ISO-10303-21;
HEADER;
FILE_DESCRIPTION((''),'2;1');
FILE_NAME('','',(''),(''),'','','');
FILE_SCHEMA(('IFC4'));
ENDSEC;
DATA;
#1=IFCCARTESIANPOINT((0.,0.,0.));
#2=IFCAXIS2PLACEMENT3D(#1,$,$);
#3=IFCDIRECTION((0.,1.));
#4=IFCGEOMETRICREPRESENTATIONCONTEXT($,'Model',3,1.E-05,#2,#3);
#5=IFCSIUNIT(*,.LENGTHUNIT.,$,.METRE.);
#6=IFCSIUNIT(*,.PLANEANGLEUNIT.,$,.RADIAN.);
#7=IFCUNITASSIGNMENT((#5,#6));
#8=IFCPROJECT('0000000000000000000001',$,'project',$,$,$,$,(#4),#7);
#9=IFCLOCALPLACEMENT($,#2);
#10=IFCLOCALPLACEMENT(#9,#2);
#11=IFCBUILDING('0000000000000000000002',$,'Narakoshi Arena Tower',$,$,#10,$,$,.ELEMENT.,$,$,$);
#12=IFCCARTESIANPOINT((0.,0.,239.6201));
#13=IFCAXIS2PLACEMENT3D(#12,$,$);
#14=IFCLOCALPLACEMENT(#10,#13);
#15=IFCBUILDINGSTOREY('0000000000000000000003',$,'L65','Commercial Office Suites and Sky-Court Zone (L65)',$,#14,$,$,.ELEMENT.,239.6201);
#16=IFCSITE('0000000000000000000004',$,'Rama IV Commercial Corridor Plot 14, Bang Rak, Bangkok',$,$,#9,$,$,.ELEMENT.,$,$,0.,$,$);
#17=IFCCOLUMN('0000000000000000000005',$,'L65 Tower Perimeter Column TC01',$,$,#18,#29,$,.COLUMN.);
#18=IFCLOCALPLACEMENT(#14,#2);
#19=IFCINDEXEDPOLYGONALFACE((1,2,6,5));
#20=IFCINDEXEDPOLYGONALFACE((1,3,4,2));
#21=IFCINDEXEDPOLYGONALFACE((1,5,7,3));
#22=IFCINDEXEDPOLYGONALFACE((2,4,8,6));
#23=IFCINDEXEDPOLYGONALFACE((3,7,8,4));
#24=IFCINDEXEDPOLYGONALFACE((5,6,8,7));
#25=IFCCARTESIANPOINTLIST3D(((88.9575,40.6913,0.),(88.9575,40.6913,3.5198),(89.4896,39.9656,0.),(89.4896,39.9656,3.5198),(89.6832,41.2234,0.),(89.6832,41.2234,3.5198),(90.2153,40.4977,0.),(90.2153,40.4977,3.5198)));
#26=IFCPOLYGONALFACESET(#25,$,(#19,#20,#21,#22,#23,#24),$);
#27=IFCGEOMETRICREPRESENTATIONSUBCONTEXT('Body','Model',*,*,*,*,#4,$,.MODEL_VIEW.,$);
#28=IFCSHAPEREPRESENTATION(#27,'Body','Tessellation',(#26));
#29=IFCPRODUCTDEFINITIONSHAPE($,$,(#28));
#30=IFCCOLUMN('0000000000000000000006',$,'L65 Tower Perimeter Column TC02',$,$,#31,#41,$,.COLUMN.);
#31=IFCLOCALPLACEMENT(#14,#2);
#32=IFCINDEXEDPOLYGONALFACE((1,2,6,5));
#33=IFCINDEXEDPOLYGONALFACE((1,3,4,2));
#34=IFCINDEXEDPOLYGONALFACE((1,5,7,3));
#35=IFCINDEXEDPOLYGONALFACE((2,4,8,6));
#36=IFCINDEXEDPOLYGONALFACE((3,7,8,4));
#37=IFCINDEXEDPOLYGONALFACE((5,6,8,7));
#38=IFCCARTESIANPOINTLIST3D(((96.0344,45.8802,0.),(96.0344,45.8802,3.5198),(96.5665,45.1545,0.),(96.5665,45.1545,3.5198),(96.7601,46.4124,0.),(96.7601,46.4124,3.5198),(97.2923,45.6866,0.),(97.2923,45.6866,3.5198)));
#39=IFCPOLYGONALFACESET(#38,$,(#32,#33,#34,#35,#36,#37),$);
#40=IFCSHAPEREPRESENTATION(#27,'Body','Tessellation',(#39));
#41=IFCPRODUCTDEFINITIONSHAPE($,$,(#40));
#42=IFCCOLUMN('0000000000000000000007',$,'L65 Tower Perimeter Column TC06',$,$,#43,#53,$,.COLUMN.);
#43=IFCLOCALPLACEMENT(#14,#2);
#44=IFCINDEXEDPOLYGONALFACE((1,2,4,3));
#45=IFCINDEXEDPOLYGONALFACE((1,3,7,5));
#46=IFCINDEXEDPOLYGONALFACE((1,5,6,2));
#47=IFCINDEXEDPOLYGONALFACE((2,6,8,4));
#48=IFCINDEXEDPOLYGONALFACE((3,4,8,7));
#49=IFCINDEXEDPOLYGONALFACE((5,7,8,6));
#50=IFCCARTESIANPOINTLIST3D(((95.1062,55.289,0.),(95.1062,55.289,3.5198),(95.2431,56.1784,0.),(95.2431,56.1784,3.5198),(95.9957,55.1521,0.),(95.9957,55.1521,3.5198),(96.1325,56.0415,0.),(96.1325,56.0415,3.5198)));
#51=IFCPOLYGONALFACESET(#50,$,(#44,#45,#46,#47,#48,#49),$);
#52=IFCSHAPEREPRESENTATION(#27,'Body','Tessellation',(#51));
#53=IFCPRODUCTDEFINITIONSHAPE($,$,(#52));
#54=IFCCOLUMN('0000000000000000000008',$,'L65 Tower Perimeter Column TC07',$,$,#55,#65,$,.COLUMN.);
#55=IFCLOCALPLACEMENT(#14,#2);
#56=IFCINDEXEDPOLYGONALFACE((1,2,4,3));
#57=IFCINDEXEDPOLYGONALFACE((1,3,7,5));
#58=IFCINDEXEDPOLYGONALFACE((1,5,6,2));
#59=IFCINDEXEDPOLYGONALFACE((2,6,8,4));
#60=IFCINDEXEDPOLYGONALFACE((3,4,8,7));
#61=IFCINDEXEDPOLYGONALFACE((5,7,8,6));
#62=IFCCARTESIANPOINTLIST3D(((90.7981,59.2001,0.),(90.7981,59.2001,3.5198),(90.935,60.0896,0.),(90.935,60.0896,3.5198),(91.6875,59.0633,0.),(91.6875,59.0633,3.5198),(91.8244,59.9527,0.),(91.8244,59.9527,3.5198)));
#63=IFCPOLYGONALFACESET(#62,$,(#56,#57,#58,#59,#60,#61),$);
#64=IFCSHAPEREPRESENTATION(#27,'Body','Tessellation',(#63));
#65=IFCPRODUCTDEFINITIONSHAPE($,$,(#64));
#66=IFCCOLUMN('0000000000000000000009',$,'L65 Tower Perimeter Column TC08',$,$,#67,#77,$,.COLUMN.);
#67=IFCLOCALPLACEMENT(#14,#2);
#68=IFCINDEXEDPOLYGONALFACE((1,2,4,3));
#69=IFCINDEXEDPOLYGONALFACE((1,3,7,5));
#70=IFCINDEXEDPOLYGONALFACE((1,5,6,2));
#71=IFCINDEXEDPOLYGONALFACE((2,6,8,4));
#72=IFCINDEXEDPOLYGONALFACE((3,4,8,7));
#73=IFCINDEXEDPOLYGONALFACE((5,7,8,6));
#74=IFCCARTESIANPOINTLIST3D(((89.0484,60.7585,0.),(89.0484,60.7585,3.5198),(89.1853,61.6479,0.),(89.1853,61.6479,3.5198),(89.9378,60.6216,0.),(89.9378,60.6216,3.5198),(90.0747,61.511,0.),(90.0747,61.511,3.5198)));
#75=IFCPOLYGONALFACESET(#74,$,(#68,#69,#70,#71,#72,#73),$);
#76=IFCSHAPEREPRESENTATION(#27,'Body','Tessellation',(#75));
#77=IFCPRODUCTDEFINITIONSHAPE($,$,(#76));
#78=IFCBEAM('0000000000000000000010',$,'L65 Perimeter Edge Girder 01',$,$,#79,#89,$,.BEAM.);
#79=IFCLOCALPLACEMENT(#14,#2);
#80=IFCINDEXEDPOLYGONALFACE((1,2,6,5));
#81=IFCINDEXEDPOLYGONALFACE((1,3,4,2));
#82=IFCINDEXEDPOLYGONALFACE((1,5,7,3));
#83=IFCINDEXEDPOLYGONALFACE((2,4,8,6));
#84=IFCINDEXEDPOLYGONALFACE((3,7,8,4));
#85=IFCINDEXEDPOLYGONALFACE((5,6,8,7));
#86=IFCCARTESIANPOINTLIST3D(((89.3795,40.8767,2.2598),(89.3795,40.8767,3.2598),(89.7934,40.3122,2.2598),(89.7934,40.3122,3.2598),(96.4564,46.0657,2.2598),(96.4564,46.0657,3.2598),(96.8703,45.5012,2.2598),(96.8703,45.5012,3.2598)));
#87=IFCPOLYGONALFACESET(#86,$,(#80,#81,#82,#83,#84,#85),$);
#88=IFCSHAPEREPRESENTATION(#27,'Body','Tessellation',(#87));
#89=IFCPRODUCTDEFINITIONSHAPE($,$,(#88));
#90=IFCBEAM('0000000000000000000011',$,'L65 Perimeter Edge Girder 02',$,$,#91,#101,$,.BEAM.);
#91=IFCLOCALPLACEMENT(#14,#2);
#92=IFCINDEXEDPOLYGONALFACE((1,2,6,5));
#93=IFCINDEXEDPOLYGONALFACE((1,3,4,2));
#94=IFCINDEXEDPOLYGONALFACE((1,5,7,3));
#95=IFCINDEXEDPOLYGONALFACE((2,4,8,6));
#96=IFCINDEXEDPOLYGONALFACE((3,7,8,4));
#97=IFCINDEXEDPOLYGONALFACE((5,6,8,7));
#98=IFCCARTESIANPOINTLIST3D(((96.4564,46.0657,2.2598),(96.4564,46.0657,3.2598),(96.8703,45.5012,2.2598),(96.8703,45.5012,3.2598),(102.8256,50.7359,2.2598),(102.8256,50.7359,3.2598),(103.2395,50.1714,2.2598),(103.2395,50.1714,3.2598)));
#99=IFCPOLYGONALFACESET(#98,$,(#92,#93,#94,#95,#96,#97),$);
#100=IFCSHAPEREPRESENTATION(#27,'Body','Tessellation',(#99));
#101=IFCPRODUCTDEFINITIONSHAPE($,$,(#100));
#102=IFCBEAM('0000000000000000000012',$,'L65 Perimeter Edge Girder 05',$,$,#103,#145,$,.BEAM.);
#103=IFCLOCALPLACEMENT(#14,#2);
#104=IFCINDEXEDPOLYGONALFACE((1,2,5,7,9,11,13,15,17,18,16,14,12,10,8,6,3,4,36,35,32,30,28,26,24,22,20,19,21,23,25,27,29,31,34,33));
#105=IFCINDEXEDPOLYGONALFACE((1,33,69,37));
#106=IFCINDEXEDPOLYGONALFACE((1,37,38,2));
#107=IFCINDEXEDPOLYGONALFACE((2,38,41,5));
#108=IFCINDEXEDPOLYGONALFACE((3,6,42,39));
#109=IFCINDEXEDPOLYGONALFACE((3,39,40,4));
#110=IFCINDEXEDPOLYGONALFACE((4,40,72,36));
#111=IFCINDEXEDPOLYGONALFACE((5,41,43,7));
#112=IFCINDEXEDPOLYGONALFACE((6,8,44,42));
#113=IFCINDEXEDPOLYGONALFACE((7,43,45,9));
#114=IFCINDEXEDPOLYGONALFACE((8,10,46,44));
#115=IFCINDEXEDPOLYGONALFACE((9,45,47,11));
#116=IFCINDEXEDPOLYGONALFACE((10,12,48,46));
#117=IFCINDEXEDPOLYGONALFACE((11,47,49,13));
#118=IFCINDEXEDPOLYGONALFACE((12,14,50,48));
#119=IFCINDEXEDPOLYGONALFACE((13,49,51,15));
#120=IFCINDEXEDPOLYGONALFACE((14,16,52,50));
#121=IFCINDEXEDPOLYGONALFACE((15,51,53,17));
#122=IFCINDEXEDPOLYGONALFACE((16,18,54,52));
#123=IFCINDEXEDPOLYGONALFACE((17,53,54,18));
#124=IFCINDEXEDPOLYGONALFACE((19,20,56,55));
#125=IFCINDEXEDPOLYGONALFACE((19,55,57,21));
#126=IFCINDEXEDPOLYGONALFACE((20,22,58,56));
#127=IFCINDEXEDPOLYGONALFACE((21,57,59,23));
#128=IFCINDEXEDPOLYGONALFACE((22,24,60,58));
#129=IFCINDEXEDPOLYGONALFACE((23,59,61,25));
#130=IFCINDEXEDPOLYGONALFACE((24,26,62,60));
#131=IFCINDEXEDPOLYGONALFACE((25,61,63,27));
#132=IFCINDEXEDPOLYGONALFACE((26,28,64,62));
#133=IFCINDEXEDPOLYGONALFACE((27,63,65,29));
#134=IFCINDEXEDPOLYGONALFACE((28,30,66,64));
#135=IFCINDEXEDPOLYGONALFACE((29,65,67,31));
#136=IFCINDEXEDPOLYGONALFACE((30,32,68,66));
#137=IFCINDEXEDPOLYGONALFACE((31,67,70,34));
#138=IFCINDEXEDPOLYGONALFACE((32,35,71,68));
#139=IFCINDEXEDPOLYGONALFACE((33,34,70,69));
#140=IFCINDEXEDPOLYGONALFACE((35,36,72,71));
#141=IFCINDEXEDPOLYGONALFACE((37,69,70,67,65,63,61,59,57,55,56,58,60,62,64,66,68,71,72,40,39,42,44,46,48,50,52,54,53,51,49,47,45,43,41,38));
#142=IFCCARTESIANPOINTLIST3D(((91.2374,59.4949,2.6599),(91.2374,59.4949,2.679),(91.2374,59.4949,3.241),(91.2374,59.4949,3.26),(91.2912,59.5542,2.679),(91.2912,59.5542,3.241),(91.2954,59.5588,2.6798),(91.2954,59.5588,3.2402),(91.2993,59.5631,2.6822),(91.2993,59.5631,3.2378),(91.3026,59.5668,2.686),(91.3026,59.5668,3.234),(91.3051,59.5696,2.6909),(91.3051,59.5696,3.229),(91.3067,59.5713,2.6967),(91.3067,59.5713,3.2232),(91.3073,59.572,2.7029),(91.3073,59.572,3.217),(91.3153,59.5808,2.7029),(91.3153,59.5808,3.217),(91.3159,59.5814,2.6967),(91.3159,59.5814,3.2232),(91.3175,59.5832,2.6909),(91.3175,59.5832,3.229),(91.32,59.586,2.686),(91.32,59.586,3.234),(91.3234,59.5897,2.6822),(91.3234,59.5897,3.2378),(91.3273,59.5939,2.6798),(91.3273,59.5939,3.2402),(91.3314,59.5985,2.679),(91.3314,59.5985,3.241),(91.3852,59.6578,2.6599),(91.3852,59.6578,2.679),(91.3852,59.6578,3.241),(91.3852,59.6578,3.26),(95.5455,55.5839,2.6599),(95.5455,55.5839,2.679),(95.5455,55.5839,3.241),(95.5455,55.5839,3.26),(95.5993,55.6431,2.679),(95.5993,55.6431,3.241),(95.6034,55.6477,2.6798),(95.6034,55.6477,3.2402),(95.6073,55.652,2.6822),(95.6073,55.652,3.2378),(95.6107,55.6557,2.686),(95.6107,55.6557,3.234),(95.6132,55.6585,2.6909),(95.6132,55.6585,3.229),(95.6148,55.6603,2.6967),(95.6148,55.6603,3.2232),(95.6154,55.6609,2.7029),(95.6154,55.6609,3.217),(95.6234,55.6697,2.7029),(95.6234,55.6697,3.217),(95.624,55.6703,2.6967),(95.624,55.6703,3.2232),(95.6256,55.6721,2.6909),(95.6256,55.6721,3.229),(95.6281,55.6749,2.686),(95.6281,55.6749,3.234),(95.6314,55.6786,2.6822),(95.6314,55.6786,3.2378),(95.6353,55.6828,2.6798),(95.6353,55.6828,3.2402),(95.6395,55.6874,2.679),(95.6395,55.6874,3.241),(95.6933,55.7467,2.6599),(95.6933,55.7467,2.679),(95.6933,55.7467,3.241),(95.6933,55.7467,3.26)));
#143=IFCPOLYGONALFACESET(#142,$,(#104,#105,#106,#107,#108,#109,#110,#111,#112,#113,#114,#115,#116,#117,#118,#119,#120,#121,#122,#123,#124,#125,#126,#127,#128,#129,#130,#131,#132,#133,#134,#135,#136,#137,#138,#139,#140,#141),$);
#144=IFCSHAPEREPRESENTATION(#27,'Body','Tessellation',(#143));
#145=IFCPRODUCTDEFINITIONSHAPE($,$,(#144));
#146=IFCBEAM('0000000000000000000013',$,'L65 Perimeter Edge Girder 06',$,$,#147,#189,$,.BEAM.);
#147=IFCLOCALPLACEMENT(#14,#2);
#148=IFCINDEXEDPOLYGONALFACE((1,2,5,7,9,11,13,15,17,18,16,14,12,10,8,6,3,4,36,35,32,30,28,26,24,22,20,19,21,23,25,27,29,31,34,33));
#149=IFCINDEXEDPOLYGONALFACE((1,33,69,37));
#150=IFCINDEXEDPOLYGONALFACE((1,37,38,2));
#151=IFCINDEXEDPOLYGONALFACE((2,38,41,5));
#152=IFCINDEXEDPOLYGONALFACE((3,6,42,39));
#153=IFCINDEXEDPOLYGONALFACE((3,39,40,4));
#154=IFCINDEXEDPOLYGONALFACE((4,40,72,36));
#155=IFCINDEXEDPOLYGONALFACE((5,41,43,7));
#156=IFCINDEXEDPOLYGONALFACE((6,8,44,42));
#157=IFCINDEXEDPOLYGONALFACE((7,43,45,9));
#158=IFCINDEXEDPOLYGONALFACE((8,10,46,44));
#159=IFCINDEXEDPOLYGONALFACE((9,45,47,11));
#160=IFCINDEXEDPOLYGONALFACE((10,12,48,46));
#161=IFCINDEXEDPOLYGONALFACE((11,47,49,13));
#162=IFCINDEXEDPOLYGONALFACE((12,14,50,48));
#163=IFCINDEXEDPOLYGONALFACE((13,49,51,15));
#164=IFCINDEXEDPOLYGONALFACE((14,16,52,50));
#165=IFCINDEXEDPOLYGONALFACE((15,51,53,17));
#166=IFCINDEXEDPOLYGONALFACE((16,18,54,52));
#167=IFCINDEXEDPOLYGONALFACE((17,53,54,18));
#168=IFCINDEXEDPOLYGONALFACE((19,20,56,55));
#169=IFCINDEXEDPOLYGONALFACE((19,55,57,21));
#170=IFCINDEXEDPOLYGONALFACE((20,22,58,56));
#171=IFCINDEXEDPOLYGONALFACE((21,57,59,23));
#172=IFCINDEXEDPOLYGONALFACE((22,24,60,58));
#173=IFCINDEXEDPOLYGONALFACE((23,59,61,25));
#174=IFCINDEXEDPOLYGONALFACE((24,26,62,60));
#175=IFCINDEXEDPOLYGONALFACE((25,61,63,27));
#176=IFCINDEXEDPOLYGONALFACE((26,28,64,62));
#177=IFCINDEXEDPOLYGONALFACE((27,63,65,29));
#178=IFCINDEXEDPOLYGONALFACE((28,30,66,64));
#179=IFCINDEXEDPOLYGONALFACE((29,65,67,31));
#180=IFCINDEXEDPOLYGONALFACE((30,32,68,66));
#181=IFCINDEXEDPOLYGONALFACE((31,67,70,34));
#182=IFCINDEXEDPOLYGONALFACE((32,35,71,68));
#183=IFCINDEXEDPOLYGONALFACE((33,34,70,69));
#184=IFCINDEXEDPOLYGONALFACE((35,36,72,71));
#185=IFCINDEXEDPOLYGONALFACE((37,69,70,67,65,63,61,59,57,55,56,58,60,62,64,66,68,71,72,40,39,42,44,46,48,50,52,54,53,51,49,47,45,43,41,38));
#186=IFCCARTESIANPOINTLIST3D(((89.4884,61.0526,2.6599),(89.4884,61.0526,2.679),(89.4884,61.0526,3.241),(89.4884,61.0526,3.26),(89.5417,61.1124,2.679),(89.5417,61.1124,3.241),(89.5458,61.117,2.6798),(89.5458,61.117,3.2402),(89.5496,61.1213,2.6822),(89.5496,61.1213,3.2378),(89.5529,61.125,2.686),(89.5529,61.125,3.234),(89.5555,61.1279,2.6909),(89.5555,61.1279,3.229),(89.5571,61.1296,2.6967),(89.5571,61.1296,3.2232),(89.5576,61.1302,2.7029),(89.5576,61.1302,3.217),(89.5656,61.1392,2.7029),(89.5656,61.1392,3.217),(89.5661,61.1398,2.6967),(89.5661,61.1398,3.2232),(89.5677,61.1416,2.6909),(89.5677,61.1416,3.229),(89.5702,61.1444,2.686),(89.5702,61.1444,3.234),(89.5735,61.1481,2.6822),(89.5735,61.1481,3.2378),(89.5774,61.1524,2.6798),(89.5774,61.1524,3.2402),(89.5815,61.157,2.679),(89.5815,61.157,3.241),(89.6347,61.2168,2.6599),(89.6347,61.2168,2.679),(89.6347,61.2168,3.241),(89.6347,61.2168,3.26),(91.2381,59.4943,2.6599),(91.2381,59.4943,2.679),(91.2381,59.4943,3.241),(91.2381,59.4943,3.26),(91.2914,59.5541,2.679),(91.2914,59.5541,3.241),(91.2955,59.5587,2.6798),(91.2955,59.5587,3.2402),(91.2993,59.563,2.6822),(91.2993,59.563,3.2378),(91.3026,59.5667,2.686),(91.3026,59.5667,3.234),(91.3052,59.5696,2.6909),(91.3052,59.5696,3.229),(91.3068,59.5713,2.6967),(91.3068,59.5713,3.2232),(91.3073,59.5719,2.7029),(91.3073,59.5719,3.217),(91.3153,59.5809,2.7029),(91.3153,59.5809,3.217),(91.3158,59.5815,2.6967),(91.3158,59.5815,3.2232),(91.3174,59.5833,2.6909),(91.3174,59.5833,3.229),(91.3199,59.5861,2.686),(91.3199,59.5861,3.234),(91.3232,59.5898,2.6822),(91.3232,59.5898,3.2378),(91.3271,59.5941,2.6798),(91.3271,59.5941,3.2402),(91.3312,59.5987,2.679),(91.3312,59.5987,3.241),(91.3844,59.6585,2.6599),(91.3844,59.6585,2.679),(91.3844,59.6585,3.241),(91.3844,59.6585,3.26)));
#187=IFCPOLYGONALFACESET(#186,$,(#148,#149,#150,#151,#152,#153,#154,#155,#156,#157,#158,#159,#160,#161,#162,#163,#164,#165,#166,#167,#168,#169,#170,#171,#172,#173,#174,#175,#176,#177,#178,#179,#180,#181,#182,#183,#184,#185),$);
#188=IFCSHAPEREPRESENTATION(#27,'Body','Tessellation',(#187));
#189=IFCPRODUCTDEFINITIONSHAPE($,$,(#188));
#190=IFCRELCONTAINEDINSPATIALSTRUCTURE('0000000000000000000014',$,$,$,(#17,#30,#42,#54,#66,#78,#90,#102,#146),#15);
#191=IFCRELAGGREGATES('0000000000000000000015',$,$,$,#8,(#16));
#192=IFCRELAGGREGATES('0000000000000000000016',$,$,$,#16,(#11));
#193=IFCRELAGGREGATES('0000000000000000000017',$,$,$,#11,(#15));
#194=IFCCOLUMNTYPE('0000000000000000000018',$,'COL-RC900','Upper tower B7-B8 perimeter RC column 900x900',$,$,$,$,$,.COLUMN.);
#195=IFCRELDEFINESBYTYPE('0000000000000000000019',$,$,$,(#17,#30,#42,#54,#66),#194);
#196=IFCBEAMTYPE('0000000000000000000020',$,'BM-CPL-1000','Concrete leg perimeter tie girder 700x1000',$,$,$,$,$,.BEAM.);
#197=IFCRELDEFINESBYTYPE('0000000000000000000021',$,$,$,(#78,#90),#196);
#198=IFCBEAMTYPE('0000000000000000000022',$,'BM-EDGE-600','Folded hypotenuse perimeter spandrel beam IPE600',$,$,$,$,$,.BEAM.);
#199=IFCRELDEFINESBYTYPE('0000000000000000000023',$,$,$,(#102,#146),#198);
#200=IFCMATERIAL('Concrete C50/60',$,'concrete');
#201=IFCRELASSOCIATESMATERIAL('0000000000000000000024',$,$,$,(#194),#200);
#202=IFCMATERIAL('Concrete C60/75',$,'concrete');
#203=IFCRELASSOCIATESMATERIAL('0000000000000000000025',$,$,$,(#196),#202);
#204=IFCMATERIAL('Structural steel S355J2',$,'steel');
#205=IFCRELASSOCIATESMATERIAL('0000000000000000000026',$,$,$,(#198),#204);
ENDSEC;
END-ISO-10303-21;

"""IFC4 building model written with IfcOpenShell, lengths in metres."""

from ifc_helpers import new_model, si_unit, direction, frame, origin, origin_2d, place, context, subcontext, project, spatial, rectangle, i_section, extrude, material, material_profile, profile_set, type_object, element, save


model = new_model("IFC4")

# Units and contexts
model_context = context("Model", 3, precision=1e-05, world=origin(), true_north=direction((0.0, 1.0)))
body_context = subcontext(model_context, "Body", "Model", "MODEL_VIEW")
ifc_project = project(units=[si_unit("LENGTHUNIT", "METRE"), si_unit("PLANEANGLEUNIT", "RADIAN")], contexts=[model_context])

# Site, building, storey
site_placement = place(None, origin())
site = spatial("IfcSite", under=ifc_project, at=site_placement, Name="Rama IV Commercial Corridor Plot 14, Bang Rak, Bangkok", CompositionType="ELEMENT", RefElevation=0.0)
building_placement = place(site_placement, origin())
building = spatial("IfcBuilding", under=site, at=building_placement, Name="Narakoshi Arena Tower", CompositionType="ELEMENT")
storey_placement = place(building_placement, frame((0.0, 0.0, 239.6201)))
storey = spatial("IfcBuildingStorey", under=building, at=storey_placement, Name="L65", Description="Commercial Office Suites and Sky-Court Zone (L65)", CompositionType="ELEMENT", Elevation=239.6201)

# Columns
ifc_material_1 = material(Name="Concrete C50/60", Category="concrete")
ifc_material_profile_1 = material_profile(ifc_material_1, rectangle(XDim=0.8999, YDim=0.8999, at=origin_2d()), Name="RC900x900")
ifc_profile_set_1 = profile_set([ifc_material_profile_1], Name="Concrete C50/60")
column_type = type_object("IfcColumnType", Name="COL-RC900", Description="Upper tower B7-B8 perimeter RC column 900x900", PredefinedType="COLUMN", material=ifc_profile_set_1)
for number, where, z_axis, x_axis, name in (
    (1, (89.5864, 40.5945, 0.0), (0.0, 0.0, 1.0), (0.806445, 0.59131, 0.0), "L65 Tower Perimeter Column TC01"),
    (2, (96.6633, 45.7834, 0.0), (0.0, 0.0, 1.0), (0.806445, 0.59131, 0.0), "L65 Tower Perimeter Column TC02"),
    (3, (95.6194, 55.6653, 0.0), (0.0, 0.0, 1.0), (0.152123, 0.988362, 0.0), "L65 Tower Perimeter Column TC06"),
    (4, (91.3113, 59.5764, 0.0), (0.0, 0.0, 1.0), (0.152123, 0.988362, 0.0), "L65 Tower Perimeter Column TC07"),
    (5, (89.5615, 61.1348, 0.0), (0.0, 0.0, 1.0), (0.152123, 0.988362, 0.0), "L65 Tower Perimeter Column TC08"),
):
    element("IfcColumn", number, at=place(storey_placement, frame(where, z_axis=z_axis, x_axis=x_axis)), inside=storey, type_object=column_type, Name=name, PredefinedType="COLUMN", context=body_context, shape_type="SweptSolid", body=[
        extrude(rectangle(XDim=0.8999, YDim=0.8999, at=origin_2d()), origin(), (0.0, 0.0, 1.0), 3.5198),
    ])

# Beams
ifc_material_2 = material(Name="Concrete C60/75", Category="concrete")
ifc_material_profile_2 = material_profile(ifc_material_2, rectangle(XDim=0.7, YDim=1.0, at=origin_2d()), Name="RCB700x1000")
ifc_profile_set_2 = profile_set([ifc_material_profile_2], Name="Concrete C60/75")
beam_type_1 = type_object("IfcBeamType", Name="BM-CPL-1000", Description="Concrete leg perimeter tie girder 700x1000", PredefinedType="BEAM", material=ifc_profile_set_2)
beam_1_placement = place(storey_placement, frame((89.5864, 40.5945, 2.7598), z_axis=(0.806447, 0.591307, 0.0), x_axis=(-0.591307, 0.806447, 0.0)))
element("IfcBeam", 6, at=beam_1_placement, inside=storey, type_object=beam_type_1, Name="L65 Perimeter Edge Girder 01", PredefinedType="BEAM", context=body_context, shape_type="SweptSolid", body=[
    extrude(rectangle(XDim=0.7, YDim=1.0, at=origin_2d()), origin(), (0.0, 0.0, 1.0), 8.7754),
])
beam_2_placement = place(storey_placement, frame((96.6633, 45.7834, 2.7598), z_axis=(0.806437, 0.591319, 0.0), x_axis=(-0.591319, 0.806437, 0.0)))
element("IfcBeam", 7, at=beam_2_placement, inside=storey, type_object=beam_type_1, Name="L65 Perimeter Edge Girder 02", PredefinedType="BEAM", context=body_context, shape_type="SweptSolid", body=[
    extrude(rectangle(XDim=0.7, YDim=1.0, at=origin_2d()), origin(), (0.0, 0.0, 1.0), 7.8979),
])
ifc_material_3 = material(Name="Structural steel S355J2", Category="steel")
ifc_material_profile_3 = material_profile(ifc_material_3, i_section(OverallWidth=0.22, OverallDepth=0.6001, WebThickness=0.012, FlangeThickness=0.019, FilletRadius=0.0239, at=origin_2d()), Name="IPE600")
ifc_profile_set_3 = profile_set([ifc_material_profile_3], Name="Structural steel S355J2")
beam_type_2 = type_object("IfcBeamType", Name="BM-EDGE-600", Description="Folded hypotenuse perimeter spandrel beam IPE600", PredefinedType="BEAM", material=ifc_profile_set_3)
beam_3_placement = place(storey_placement, frame((95.6194, 55.6653, 2.96), z_axis=(-0.740396, 0.672171, 0.0), x_axis=(-0.672171, -0.740396, 0.0)))
element("IfcBeam", 8, at=beam_3_placement, inside=storey, type_object=beam_type_2, Name="L65 Perimeter Edge Girder 05", PredefinedType="BEAM", context=body_context, shape_type="SweptSolid", body=[
    extrude(i_section(OverallWidth=0.22, OverallDepth=0.6001, WebThickness=0.012, FlangeThickness=0.019, FilletRadius=0.0239, at=origin_2d()), origin(), (0.0, 0.0, 1.0), 5.8186),
])
beam_4_placement = place(storey_placement, frame((91.3113, 59.5764, 2.96), z_axis=(-0.746771, 0.665081, 0.0), x_axis=(-0.665081, -0.746771, 0.0)))
element("IfcBeam", 9, at=beam_4_placement, inside=storey, type_object=beam_type_2, Name="L65 Perimeter Edge Girder 06", PredefinedType="BEAM", context=body_context, shape_type="SweptSolid", body=[
    extrude(i_section(OverallWidth=0.22, OverallDepth=0.6001, WebThickness=0.012, FlangeThickness=0.019, FilletRadius=0.0239, at=origin_2d()), origin(), (0.0, 0.0, 1.0), 2.343),
])

save(model, "model.ifc")
